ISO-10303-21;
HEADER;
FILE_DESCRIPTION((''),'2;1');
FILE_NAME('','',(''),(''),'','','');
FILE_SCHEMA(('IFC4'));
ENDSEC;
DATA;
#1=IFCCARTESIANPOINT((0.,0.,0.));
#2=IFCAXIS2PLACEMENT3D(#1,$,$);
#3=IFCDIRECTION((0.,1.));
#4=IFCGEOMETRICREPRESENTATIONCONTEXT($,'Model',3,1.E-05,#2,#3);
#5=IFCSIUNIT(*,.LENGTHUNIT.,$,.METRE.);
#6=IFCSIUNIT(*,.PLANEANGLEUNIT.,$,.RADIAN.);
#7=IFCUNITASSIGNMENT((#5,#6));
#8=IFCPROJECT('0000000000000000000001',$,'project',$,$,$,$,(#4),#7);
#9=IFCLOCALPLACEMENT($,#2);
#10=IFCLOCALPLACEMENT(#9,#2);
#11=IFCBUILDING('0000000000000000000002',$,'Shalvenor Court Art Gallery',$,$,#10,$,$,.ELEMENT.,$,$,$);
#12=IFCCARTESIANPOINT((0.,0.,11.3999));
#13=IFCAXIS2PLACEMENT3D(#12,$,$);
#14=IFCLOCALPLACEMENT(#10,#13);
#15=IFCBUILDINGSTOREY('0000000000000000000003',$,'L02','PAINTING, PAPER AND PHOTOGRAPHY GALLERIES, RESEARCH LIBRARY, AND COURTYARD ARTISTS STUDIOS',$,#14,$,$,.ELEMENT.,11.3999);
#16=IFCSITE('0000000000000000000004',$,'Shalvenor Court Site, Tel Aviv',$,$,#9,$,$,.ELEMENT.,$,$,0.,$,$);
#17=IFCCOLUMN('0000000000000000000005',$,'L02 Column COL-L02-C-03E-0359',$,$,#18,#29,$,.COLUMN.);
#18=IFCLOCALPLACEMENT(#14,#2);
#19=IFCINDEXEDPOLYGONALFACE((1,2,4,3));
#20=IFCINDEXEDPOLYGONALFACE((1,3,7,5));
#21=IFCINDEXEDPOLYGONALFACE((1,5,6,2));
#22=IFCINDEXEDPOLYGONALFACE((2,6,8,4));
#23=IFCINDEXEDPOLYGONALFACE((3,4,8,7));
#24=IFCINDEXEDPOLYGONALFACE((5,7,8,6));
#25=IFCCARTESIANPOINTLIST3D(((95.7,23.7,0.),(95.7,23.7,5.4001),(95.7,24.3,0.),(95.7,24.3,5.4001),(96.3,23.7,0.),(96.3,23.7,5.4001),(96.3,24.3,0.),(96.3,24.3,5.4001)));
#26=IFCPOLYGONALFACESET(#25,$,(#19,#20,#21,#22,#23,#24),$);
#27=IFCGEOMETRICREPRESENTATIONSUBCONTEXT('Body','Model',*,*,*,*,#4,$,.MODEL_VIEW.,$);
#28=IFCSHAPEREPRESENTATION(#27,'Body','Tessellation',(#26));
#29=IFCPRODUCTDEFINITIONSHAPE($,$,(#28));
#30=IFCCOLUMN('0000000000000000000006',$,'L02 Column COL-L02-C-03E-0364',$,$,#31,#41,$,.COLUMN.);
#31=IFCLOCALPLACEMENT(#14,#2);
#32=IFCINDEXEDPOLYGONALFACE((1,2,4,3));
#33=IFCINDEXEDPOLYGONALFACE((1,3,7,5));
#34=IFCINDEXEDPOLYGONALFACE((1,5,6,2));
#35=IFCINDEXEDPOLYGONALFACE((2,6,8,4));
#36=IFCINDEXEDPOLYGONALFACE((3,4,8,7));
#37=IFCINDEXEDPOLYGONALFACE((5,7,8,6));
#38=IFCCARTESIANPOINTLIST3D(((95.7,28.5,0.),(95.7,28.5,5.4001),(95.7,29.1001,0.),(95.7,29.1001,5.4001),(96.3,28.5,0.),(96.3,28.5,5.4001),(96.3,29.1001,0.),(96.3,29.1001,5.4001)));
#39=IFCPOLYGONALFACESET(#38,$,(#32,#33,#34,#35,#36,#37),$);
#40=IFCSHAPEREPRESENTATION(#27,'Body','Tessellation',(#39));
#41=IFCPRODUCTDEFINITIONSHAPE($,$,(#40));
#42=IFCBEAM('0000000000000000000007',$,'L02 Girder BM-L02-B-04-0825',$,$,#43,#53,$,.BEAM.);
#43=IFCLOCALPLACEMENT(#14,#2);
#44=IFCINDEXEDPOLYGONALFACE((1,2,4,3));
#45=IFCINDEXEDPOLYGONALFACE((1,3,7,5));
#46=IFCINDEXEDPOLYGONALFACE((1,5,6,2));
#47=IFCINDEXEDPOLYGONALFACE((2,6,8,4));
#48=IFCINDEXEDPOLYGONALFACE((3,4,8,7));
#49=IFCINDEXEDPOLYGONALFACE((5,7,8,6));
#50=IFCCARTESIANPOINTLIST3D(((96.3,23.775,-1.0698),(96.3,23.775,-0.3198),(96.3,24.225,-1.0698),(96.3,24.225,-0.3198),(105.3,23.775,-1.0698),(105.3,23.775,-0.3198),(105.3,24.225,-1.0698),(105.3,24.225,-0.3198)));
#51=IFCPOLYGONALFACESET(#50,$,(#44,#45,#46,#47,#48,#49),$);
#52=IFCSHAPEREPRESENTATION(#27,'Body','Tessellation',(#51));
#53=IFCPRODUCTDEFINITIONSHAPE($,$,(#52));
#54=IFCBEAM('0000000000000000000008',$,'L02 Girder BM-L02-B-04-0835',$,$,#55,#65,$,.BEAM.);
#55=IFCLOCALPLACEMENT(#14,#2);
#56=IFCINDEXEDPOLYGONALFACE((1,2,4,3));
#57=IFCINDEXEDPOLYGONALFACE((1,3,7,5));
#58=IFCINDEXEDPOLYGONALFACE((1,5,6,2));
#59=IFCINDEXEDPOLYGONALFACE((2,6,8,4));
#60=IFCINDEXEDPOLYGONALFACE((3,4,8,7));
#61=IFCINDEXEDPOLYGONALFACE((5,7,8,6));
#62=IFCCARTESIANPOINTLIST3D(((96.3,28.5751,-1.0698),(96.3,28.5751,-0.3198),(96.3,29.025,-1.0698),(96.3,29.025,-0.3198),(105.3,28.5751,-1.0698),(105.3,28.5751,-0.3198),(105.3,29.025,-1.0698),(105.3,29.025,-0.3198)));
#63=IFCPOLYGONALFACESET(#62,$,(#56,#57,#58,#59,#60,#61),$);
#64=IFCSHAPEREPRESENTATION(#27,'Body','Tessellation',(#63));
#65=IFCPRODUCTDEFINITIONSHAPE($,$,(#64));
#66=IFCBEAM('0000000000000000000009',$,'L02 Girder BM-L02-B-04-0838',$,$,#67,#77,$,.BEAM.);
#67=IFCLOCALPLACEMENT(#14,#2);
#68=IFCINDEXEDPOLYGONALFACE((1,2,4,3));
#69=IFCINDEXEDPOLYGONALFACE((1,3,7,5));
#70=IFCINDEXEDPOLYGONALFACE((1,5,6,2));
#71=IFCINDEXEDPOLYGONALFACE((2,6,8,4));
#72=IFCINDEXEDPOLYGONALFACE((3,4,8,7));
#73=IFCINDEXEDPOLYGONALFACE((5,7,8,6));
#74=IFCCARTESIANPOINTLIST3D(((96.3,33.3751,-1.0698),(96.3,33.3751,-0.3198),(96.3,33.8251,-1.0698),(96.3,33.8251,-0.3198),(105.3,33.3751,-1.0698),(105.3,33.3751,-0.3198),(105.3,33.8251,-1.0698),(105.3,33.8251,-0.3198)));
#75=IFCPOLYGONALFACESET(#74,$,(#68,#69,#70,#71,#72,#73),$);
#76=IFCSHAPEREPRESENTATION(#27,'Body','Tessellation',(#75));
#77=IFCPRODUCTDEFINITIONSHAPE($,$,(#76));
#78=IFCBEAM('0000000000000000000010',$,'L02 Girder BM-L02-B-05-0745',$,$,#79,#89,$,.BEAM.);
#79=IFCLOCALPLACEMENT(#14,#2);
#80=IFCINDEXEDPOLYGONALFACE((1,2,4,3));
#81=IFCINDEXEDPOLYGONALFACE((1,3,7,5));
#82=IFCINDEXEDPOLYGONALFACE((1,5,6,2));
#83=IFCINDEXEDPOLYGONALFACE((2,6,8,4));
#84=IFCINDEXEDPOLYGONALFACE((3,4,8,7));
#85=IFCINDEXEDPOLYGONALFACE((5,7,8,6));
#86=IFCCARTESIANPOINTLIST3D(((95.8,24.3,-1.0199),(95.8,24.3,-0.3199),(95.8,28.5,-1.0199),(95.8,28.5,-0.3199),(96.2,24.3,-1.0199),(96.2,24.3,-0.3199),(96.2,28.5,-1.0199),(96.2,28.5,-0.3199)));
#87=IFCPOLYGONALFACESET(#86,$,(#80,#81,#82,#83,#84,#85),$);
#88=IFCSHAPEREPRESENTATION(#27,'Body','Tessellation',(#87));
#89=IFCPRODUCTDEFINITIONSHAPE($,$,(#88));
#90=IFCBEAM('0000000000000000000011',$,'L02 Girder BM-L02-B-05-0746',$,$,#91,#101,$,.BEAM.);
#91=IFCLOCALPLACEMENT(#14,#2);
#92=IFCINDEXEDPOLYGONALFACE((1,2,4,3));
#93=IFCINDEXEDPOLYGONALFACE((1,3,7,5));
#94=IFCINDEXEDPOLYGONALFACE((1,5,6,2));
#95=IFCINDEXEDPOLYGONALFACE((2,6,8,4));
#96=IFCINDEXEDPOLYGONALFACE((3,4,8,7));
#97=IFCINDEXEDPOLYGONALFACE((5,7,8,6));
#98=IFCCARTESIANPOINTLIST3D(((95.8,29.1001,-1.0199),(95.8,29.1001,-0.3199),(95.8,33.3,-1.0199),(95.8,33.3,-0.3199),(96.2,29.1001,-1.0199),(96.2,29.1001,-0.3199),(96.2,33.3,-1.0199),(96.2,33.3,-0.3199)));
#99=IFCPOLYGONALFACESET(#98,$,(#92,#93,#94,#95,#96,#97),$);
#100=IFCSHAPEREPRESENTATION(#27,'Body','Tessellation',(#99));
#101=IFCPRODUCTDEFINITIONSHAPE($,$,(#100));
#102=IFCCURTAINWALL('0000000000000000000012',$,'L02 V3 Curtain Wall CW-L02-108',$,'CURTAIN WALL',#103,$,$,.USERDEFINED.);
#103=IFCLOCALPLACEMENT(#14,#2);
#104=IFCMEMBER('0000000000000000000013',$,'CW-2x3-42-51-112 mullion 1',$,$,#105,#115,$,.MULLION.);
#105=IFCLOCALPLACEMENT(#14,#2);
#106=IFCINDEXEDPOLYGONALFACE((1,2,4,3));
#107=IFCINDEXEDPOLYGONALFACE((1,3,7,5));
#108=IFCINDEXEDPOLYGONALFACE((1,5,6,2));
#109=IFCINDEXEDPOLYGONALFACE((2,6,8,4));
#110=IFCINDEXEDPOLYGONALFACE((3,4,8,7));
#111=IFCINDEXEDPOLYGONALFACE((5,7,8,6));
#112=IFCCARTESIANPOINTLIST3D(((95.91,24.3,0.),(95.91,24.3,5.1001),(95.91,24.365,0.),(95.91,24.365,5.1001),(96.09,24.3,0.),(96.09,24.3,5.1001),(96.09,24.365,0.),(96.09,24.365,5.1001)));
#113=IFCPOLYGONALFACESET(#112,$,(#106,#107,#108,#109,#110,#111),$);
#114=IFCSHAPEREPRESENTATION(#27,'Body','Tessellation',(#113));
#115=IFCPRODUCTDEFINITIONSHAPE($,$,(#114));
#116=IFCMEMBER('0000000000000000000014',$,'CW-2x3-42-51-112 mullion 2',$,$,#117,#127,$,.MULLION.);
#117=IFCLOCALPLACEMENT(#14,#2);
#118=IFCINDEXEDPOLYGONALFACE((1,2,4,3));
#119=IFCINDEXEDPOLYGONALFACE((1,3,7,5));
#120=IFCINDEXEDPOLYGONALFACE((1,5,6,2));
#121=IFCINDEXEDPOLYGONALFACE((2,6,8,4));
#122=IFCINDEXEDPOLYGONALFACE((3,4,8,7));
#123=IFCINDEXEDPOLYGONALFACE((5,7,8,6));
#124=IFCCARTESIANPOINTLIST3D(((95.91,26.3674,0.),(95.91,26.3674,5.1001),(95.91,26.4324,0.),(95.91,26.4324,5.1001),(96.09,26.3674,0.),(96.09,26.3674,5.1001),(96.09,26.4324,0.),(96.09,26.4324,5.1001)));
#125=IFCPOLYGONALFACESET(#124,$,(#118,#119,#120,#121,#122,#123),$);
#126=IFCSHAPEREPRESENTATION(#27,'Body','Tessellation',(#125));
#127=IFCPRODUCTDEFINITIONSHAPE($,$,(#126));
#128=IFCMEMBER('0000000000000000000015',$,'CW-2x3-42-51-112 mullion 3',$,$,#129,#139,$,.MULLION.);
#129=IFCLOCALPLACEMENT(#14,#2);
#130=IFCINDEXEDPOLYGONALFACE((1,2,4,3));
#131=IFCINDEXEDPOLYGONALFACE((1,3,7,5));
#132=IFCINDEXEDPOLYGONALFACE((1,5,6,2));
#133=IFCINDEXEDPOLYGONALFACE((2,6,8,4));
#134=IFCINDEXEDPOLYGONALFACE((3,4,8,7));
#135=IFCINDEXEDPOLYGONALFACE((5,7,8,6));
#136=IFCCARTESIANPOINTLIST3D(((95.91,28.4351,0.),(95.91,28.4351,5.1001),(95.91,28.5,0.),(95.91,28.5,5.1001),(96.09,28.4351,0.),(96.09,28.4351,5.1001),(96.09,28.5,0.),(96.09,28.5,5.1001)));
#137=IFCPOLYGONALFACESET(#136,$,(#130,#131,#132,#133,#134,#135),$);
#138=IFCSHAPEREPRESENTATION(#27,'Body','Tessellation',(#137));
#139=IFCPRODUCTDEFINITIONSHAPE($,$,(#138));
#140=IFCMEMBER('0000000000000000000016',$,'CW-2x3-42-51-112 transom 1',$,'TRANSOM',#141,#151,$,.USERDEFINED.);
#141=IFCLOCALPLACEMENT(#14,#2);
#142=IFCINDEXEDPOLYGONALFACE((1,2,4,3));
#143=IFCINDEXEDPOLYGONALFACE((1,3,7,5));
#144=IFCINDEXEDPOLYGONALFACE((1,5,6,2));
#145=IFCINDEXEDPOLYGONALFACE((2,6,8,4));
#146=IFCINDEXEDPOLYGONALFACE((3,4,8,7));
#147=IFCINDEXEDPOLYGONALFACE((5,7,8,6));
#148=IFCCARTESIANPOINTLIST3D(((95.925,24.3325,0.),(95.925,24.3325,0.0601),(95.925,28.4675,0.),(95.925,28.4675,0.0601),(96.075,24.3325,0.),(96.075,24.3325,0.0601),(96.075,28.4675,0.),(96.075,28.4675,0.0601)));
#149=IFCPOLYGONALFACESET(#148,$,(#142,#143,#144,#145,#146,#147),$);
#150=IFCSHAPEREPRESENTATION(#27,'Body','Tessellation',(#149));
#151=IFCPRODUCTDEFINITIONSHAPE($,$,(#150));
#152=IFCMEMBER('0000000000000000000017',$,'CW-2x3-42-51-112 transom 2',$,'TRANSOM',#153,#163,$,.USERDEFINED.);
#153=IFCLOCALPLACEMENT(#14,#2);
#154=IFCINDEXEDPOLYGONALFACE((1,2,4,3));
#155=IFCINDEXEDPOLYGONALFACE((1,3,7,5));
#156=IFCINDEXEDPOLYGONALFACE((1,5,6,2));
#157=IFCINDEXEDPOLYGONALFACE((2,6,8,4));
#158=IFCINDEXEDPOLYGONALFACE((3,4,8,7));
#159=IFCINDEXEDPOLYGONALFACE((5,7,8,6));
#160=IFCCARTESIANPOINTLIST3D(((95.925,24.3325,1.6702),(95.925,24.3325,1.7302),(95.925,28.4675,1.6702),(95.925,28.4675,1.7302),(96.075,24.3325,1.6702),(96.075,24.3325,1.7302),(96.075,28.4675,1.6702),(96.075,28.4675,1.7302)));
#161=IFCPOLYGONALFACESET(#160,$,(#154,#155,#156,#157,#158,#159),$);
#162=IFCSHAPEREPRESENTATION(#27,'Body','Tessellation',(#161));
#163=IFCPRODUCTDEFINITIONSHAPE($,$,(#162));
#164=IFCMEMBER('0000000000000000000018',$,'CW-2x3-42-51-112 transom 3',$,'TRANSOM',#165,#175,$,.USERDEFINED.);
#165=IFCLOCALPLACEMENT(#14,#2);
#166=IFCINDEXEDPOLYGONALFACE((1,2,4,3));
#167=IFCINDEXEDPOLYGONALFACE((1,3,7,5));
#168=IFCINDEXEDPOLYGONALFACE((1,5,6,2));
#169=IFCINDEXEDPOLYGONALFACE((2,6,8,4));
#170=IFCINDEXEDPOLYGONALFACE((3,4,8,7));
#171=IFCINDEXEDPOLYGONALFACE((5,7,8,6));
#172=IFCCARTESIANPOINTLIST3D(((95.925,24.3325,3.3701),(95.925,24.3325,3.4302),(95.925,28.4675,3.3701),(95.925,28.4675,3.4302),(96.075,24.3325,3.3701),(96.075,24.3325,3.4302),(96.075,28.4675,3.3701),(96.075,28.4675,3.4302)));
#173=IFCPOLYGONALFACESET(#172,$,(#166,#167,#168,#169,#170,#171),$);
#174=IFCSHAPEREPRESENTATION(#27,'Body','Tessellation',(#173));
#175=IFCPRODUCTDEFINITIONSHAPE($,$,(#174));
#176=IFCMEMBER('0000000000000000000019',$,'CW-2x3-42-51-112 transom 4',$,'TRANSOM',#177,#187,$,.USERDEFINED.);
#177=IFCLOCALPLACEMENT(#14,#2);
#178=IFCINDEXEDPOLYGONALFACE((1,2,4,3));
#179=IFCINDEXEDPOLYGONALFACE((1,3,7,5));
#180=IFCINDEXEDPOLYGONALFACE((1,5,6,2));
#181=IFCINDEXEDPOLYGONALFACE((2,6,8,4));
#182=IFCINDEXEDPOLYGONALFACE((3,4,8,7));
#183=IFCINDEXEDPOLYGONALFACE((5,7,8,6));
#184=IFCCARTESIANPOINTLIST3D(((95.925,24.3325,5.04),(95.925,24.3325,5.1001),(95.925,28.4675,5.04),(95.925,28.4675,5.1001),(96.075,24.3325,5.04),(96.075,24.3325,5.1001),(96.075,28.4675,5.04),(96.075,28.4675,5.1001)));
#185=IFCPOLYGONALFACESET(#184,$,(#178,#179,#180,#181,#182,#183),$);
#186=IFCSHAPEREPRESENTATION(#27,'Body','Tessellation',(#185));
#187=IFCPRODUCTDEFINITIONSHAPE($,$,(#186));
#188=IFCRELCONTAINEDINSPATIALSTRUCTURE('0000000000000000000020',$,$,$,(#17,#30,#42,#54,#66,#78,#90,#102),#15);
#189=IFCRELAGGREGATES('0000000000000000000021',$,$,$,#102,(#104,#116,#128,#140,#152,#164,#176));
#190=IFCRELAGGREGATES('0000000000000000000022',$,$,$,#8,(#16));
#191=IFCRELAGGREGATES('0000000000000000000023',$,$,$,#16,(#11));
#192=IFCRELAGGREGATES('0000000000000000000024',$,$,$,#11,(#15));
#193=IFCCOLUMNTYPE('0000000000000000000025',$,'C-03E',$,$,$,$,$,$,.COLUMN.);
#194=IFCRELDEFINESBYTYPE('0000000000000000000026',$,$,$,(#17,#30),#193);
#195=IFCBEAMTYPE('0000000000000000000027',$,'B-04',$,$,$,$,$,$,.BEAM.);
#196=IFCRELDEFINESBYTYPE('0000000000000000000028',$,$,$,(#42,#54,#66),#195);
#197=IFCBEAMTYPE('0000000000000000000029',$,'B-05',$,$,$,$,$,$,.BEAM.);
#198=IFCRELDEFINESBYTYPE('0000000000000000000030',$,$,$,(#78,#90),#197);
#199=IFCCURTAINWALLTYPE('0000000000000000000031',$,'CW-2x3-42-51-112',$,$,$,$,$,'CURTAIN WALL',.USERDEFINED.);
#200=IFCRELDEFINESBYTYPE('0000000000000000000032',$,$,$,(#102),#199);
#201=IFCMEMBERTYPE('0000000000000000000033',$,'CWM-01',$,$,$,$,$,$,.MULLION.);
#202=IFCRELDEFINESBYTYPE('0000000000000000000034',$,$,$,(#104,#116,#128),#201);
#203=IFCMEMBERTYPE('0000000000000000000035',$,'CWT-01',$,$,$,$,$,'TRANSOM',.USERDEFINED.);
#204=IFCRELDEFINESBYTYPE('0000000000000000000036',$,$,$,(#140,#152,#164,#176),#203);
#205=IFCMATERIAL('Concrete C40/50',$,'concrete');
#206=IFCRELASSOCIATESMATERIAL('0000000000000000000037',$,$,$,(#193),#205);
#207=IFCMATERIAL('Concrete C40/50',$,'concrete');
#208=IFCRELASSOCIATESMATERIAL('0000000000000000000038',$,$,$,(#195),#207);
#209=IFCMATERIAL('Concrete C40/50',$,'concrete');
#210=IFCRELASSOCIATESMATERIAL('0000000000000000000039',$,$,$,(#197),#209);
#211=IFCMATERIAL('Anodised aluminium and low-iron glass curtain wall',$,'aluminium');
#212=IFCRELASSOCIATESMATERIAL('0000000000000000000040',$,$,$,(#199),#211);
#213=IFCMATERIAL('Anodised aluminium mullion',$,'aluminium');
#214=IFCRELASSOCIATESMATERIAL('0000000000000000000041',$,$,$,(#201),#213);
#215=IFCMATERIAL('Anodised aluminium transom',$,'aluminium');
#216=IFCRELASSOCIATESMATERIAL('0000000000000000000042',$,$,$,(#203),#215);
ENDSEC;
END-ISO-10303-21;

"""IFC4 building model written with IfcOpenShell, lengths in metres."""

from ifc_helpers import new_model, si_unit, direction, frame, origin, origin_2d, place, context, subcontext, project, spatial, rectangle, extrude, material, material_profile, profile_set, type_object, element, aggregate, save


model = new_model("IFC4")

# Units and contexts
model_context = context("Model", 3, precision=1e-05, world=origin(), true_north=direction((0.0, 1.0)))
body_context = subcontext(model_context, "Body", "Model", "MODEL_VIEW")
ifc_project = project(units=[si_unit("LENGTHUNIT", "METRE"), si_unit("PLANEANGLEUNIT", "RADIAN")], contexts=[model_context])

# Site, building, storey
site_placement = place(None, origin())
site = spatial("IfcSite", under=ifc_project, at=site_placement, Name="Shalvenor Court Site, Tel Aviv", CompositionType="ELEMENT", RefElevation=0.0)
building_placement = place(site_placement, origin())
building = spatial("IfcBuilding", under=site, at=building_placement, Name="Shalvenor Court Art Gallery", CompositionType="ELEMENT")
storey_placement = place(building_placement, frame((0.0, 0.0, 11.3999)))
storey = spatial("IfcBuildingStorey", under=building, at=storey_placement, Name="L02", Description="PAINTING, PAPER AND PHOTOGRAPHY GALLERIES, RESEARCH LIBRARY, AND COURTYARD ARTISTS STUDIOS", CompositionType="ELEMENT", Elevation=11.3999)

# Columns
ifc_material_1 = material(Name="Concrete C40/50", Category="concrete")
ifc_material_profile_1 = material_profile(ifc_material_1, rectangle(XDim=0.6001, YDim=0.6001, at=origin_2d()), Name="RC 600x600")
ifc_profile_set_1 = profile_set([ifc_material_profile_1], Name="Concrete C40/50")
column_type = type_object("IfcColumnType", Name="C-03E", PredefinedType="COLUMN", material=ifc_profile_set_1)
for number, where, z_axis, x_axis, name in (
    (1, (96.0, 24.0, 0.0), (0.0, 0.0, 1.0), (1.0, 0.0, 0.0), "L02 Column COL-L02-C-03E-0359"),
    (2, (96.0, 28.8, 0.0), (0.0, 0.0, 1.0), (1.0, 0.0, 0.0), "L02 Column COL-L02-C-03E-0364"),
):
    element("IfcColumn", number, at=place(storey_placement, frame(where, z_axis=z_axis, x_axis=x_axis)), inside=storey, type_object=column_type, Name=name, PredefinedType="COLUMN", context=body_context, shape_type="SweptSolid", body=[
        extrude(rectangle(XDim=0.6001, YDim=0.6001, at=origin_2d()), origin(), (0.0, 0.0, 1.0), 5.4001),
    ])

# Beams
ifc_material_2 = material(Name="Concrete C40/50", Category="concrete")
ifc_material_profile_2 = material_profile(ifc_material_2, rectangle(XDim=0.45, YDim=0.75, at=origin_2d()), Name="RC 450x750")
ifc_profile_set_2 = profile_set([ifc_material_profile_2], Name="Concrete C40/50")
beam_type_1 = type_object("IfcBeamType", Name="B-04", PredefinedType="BEAM", material=ifc_profile_set_2)
for number, where, z_axis, x_axis, name in (
    (3, (96.3, 24.0, -0.6948), (1.0, 0.0, 0.0), (0.0, 1.0, 0.0), "L02 Girder BM-L02-B-04-0825"),
    (4, (96.3, 28.8, -0.6948), (1.0, 0.0, 0.0), (0.0, 1.0, 0.0), "L02 Girder BM-L02-B-04-0835"),
    (5, (96.3, 33.6001, -0.6948), (1.0, 0.0, 0.0), (0.0, 1.0, 0.0), "L02 Girder BM-L02-B-04-0838"),
):
    element("IfcBeam", number, at=place(storey_placement, frame(where, z_axis=z_axis, x_axis=x_axis)), inside=storey, type_object=beam_type_1, Name=name, PredefinedType="BEAM", context=body_context, shape_type="SweptSolid", body=[
        extrude(rectangle(XDim=0.45, YDim=0.75, at=origin_2d()), origin(), (0.0, 0.0, 1.0), 9.0),
    ])
ifc_material_3 = material(Name="Concrete C40/50", Category="concrete")
ifc_material_profile_3 = material_profile(ifc_material_3, rectangle(XDim=0.3999, YDim=0.7, at=origin_2d()), Name="RC 400x700")
ifc_profile_set_3 = profile_set([ifc_material_profile_3], Name="Concrete C40/50")
beam_type_2 = type_object("IfcBeamType", Name="B-05", PredefinedType="BEAM", material=ifc_profile_set_3)
for number, where, z_axis, x_axis, name in (
    (6, (96.0, 24.3, -0.6699), (0.0, 1.0, 0.0), (-1.0, 0.0, 0.0), "L02 Girder BM-L02-B-05-0745"),
    (7, (96.0, 29.1001, -0.6699), (0.0, 1.0, 0.0), (-1.0, 0.0, 0.0), "L02 Girder BM-L02-B-05-0746"),
):
    element("IfcBeam", number, at=place(storey_placement, frame(where, z_axis=z_axis, x_axis=x_axis)), inside=storey, type_object=beam_type_2, Name=name, PredefinedType="BEAM", context=body_context, shape_type="SweptSolid", body=[
        extrude(rectangle(XDim=0.3999, YDim=0.7, at=origin_2d()), origin(), (0.0, 0.0, 1.0), 4.2),
    ])

# Curtain wall, members
ifc_material_4 = material(Name="Anodised aluminium and low-iron glass curtain wall", Category="aluminium")
curtain_wall_type = type_object("IfcCurtainWallType", Name="CW-2x3-42-51-112", ElementType="CURTAIN WALL", PredefinedType="USERDEFINED", material=ifc_material_4)
curtain_wall_placement = place(storey_placement, origin())
curtain_wall = element("IfcCurtainWall", 8, at=curtain_wall_placement, inside=storey, type_object=curtain_wall_type, Name="L02 V3 Curtain Wall CW-L02-108", ObjectType="CURTAIN WALL", PredefinedType="USERDEFINED")
ifc_material_5 = material(Name="Anodised aluminium mullion", Category="aluminium")
ifc_material_profile_4 = material_profile(ifc_material_5, rectangle(XDim=0.0649, YDim=0.1799, at=origin_2d()), Name="CWM-01")
ifc_profile_set_4 = profile_set([ifc_material_profile_4], Name="Anodised aluminium mullion")
member_type_1 = type_object("IfcMemberType", Name="CWM-01", PredefinedType="MULLION", material=ifc_profile_set_4)
member_1_placement = place(storey_placement, frame((96.0, 24.3325, 0.0), z_axis=(0.0, 0.0, 1.0), x_axis=(0.0, 1.0, 0.0)))
member_1 = element("IfcMember", 9, at=member_1_placement, type_object=member_type_1, Name="CW-2x3-42-51-112 mullion 1", PredefinedType="MULLION", context=body_context, shape_type="SweptSolid", body=[
    extrude(rectangle(XDim=0.0649, YDim=0.1799, at=origin_2d()), origin(), (0.0, 0.0, 1.0), 5.1001),
])
member_2_placement = place(storey_placement, frame((96.0, 26.3999, 0.0), z_axis=(0.0, 0.0, 1.0), x_axis=(0.0, 1.0, 0.0)))
member_2 = element("IfcMember", 10, at=member_2_placement, type_object=member_type_1, Name="CW-2x3-42-51-112 mullion 2", PredefinedType="MULLION", context=body_context, shape_type="SweptSolid", body=[
    extrude(rectangle(XDim=0.0649, YDim=0.1799, at=origin_2d()), origin(), (0.0, 0.0, 1.0), 5.1001),
])
member_3_placement = place(storey_placement, frame((96.0, 28.4675, 0.0), z_axis=(0.0, 0.0, 1.0), x_axis=(0.0, 1.0, 0.0)))
member_3 = element("IfcMember", 11, at=member_3_placement, type_object=member_type_1, Name="CW-2x3-42-51-112 mullion 3", PredefinedType="MULLION", context=body_context, shape_type="SweptSolid", body=[
    extrude(rectangle(XDim=0.0649, YDim=0.1799, at=origin_2d()), origin(), (0.0, 0.0, 1.0), 5.1001),
])
ifc_material_6 = material(Name="Anodised aluminium transom", Category="aluminium")
ifc_material_profile_5 = material_profile(ifc_material_6, rectangle(XDim=0.1499, YDim=0.0601, at=origin_2d()), Name="CWT-01")
ifc_profile_set_5 = profile_set([ifc_material_profile_5], Name="Anodised aluminium transom")
member_type_2 = type_object("IfcMemberType", Name="CWT-01", ElementType="TRANSOM", PredefinedType="USERDEFINED", material=ifc_profile_set_5)
member_4_placement = place(storey_placement, frame((96.0, 24.3325, 0.03), z_axis=(0.0, 1.0, 0.0), x_axis=(-1.0, 0.0, 0.0)))
member_4 = element("IfcMember", 12, at=member_4_placement, type_object=member_type_2, Name="CW-2x3-42-51-112 transom 1", ObjectType="TRANSOM", PredefinedType="USERDEFINED", context=body_context, shape_type="SweptSolid", body=[
    extrude(rectangle(XDim=0.1499, YDim=0.0601, at=origin_2d()), origin(), (0.0, 0.0, 1.0), 4.135),
])
member_5_placement = place(storey_placement, frame((96.0, 24.3325, 1.7002), z_axis=(0.0, 1.0, 0.0), x_axis=(-1.0, 0.0, 0.0)))
member_5 = element("IfcMember", 13, at=member_5_placement, type_object=member_type_2, Name="CW-2x3-42-51-112 transom 2", ObjectType="TRANSOM", PredefinedType="USERDEFINED", context=body_context, shape_type="SweptSolid", body=[
    extrude(rectangle(XDim=0.1499, YDim=0.0601, at=origin_2d()), origin(), (0.0, 0.0, 1.0), 4.135),
])
member_6_placement = place(storey_placement, frame((96.0, 24.3325, 3.4001), z_axis=(0.0, 1.0, 0.0), x_axis=(-1.0, 0.0, 0.0)))
member_6 = element("IfcMember", 14, at=member_6_placement, type_object=member_type_2, Name="CW-2x3-42-51-112 transom 3", ObjectType="TRANSOM", PredefinedType="USERDEFINED", context=body_context, shape_type="SweptSolid", body=[
    extrude(rectangle(XDim=0.1499, YDim=0.0601, at=origin_2d()), origin(), (0.0, 0.0, 1.0), 4.135),
])
member_7_placement = place(storey_placement, frame((96.0, 24.3325, 5.0701), z_axis=(0.0, 1.0, 0.0), x_axis=(-1.0, 0.0, 0.0)))
member_7 = element("IfcMember", 15, at=member_7_placement, type_object=member_type_2, Name="CW-2x3-42-51-112 transom 4", ObjectType="TRANSOM", PredefinedType="USERDEFINED", context=body_context, shape_type="SweptSolid", body=[
    extrude(rectangle(XDim=0.1499, YDim=0.0601, at=origin_2d()), origin(), (0.0, 0.0, 1.0), 4.135),
])

aggregate(curtain_wall, [member_1, member_2, member_3, member_4, member_5, member_6, member_7])

save(model, "model.ifc")
